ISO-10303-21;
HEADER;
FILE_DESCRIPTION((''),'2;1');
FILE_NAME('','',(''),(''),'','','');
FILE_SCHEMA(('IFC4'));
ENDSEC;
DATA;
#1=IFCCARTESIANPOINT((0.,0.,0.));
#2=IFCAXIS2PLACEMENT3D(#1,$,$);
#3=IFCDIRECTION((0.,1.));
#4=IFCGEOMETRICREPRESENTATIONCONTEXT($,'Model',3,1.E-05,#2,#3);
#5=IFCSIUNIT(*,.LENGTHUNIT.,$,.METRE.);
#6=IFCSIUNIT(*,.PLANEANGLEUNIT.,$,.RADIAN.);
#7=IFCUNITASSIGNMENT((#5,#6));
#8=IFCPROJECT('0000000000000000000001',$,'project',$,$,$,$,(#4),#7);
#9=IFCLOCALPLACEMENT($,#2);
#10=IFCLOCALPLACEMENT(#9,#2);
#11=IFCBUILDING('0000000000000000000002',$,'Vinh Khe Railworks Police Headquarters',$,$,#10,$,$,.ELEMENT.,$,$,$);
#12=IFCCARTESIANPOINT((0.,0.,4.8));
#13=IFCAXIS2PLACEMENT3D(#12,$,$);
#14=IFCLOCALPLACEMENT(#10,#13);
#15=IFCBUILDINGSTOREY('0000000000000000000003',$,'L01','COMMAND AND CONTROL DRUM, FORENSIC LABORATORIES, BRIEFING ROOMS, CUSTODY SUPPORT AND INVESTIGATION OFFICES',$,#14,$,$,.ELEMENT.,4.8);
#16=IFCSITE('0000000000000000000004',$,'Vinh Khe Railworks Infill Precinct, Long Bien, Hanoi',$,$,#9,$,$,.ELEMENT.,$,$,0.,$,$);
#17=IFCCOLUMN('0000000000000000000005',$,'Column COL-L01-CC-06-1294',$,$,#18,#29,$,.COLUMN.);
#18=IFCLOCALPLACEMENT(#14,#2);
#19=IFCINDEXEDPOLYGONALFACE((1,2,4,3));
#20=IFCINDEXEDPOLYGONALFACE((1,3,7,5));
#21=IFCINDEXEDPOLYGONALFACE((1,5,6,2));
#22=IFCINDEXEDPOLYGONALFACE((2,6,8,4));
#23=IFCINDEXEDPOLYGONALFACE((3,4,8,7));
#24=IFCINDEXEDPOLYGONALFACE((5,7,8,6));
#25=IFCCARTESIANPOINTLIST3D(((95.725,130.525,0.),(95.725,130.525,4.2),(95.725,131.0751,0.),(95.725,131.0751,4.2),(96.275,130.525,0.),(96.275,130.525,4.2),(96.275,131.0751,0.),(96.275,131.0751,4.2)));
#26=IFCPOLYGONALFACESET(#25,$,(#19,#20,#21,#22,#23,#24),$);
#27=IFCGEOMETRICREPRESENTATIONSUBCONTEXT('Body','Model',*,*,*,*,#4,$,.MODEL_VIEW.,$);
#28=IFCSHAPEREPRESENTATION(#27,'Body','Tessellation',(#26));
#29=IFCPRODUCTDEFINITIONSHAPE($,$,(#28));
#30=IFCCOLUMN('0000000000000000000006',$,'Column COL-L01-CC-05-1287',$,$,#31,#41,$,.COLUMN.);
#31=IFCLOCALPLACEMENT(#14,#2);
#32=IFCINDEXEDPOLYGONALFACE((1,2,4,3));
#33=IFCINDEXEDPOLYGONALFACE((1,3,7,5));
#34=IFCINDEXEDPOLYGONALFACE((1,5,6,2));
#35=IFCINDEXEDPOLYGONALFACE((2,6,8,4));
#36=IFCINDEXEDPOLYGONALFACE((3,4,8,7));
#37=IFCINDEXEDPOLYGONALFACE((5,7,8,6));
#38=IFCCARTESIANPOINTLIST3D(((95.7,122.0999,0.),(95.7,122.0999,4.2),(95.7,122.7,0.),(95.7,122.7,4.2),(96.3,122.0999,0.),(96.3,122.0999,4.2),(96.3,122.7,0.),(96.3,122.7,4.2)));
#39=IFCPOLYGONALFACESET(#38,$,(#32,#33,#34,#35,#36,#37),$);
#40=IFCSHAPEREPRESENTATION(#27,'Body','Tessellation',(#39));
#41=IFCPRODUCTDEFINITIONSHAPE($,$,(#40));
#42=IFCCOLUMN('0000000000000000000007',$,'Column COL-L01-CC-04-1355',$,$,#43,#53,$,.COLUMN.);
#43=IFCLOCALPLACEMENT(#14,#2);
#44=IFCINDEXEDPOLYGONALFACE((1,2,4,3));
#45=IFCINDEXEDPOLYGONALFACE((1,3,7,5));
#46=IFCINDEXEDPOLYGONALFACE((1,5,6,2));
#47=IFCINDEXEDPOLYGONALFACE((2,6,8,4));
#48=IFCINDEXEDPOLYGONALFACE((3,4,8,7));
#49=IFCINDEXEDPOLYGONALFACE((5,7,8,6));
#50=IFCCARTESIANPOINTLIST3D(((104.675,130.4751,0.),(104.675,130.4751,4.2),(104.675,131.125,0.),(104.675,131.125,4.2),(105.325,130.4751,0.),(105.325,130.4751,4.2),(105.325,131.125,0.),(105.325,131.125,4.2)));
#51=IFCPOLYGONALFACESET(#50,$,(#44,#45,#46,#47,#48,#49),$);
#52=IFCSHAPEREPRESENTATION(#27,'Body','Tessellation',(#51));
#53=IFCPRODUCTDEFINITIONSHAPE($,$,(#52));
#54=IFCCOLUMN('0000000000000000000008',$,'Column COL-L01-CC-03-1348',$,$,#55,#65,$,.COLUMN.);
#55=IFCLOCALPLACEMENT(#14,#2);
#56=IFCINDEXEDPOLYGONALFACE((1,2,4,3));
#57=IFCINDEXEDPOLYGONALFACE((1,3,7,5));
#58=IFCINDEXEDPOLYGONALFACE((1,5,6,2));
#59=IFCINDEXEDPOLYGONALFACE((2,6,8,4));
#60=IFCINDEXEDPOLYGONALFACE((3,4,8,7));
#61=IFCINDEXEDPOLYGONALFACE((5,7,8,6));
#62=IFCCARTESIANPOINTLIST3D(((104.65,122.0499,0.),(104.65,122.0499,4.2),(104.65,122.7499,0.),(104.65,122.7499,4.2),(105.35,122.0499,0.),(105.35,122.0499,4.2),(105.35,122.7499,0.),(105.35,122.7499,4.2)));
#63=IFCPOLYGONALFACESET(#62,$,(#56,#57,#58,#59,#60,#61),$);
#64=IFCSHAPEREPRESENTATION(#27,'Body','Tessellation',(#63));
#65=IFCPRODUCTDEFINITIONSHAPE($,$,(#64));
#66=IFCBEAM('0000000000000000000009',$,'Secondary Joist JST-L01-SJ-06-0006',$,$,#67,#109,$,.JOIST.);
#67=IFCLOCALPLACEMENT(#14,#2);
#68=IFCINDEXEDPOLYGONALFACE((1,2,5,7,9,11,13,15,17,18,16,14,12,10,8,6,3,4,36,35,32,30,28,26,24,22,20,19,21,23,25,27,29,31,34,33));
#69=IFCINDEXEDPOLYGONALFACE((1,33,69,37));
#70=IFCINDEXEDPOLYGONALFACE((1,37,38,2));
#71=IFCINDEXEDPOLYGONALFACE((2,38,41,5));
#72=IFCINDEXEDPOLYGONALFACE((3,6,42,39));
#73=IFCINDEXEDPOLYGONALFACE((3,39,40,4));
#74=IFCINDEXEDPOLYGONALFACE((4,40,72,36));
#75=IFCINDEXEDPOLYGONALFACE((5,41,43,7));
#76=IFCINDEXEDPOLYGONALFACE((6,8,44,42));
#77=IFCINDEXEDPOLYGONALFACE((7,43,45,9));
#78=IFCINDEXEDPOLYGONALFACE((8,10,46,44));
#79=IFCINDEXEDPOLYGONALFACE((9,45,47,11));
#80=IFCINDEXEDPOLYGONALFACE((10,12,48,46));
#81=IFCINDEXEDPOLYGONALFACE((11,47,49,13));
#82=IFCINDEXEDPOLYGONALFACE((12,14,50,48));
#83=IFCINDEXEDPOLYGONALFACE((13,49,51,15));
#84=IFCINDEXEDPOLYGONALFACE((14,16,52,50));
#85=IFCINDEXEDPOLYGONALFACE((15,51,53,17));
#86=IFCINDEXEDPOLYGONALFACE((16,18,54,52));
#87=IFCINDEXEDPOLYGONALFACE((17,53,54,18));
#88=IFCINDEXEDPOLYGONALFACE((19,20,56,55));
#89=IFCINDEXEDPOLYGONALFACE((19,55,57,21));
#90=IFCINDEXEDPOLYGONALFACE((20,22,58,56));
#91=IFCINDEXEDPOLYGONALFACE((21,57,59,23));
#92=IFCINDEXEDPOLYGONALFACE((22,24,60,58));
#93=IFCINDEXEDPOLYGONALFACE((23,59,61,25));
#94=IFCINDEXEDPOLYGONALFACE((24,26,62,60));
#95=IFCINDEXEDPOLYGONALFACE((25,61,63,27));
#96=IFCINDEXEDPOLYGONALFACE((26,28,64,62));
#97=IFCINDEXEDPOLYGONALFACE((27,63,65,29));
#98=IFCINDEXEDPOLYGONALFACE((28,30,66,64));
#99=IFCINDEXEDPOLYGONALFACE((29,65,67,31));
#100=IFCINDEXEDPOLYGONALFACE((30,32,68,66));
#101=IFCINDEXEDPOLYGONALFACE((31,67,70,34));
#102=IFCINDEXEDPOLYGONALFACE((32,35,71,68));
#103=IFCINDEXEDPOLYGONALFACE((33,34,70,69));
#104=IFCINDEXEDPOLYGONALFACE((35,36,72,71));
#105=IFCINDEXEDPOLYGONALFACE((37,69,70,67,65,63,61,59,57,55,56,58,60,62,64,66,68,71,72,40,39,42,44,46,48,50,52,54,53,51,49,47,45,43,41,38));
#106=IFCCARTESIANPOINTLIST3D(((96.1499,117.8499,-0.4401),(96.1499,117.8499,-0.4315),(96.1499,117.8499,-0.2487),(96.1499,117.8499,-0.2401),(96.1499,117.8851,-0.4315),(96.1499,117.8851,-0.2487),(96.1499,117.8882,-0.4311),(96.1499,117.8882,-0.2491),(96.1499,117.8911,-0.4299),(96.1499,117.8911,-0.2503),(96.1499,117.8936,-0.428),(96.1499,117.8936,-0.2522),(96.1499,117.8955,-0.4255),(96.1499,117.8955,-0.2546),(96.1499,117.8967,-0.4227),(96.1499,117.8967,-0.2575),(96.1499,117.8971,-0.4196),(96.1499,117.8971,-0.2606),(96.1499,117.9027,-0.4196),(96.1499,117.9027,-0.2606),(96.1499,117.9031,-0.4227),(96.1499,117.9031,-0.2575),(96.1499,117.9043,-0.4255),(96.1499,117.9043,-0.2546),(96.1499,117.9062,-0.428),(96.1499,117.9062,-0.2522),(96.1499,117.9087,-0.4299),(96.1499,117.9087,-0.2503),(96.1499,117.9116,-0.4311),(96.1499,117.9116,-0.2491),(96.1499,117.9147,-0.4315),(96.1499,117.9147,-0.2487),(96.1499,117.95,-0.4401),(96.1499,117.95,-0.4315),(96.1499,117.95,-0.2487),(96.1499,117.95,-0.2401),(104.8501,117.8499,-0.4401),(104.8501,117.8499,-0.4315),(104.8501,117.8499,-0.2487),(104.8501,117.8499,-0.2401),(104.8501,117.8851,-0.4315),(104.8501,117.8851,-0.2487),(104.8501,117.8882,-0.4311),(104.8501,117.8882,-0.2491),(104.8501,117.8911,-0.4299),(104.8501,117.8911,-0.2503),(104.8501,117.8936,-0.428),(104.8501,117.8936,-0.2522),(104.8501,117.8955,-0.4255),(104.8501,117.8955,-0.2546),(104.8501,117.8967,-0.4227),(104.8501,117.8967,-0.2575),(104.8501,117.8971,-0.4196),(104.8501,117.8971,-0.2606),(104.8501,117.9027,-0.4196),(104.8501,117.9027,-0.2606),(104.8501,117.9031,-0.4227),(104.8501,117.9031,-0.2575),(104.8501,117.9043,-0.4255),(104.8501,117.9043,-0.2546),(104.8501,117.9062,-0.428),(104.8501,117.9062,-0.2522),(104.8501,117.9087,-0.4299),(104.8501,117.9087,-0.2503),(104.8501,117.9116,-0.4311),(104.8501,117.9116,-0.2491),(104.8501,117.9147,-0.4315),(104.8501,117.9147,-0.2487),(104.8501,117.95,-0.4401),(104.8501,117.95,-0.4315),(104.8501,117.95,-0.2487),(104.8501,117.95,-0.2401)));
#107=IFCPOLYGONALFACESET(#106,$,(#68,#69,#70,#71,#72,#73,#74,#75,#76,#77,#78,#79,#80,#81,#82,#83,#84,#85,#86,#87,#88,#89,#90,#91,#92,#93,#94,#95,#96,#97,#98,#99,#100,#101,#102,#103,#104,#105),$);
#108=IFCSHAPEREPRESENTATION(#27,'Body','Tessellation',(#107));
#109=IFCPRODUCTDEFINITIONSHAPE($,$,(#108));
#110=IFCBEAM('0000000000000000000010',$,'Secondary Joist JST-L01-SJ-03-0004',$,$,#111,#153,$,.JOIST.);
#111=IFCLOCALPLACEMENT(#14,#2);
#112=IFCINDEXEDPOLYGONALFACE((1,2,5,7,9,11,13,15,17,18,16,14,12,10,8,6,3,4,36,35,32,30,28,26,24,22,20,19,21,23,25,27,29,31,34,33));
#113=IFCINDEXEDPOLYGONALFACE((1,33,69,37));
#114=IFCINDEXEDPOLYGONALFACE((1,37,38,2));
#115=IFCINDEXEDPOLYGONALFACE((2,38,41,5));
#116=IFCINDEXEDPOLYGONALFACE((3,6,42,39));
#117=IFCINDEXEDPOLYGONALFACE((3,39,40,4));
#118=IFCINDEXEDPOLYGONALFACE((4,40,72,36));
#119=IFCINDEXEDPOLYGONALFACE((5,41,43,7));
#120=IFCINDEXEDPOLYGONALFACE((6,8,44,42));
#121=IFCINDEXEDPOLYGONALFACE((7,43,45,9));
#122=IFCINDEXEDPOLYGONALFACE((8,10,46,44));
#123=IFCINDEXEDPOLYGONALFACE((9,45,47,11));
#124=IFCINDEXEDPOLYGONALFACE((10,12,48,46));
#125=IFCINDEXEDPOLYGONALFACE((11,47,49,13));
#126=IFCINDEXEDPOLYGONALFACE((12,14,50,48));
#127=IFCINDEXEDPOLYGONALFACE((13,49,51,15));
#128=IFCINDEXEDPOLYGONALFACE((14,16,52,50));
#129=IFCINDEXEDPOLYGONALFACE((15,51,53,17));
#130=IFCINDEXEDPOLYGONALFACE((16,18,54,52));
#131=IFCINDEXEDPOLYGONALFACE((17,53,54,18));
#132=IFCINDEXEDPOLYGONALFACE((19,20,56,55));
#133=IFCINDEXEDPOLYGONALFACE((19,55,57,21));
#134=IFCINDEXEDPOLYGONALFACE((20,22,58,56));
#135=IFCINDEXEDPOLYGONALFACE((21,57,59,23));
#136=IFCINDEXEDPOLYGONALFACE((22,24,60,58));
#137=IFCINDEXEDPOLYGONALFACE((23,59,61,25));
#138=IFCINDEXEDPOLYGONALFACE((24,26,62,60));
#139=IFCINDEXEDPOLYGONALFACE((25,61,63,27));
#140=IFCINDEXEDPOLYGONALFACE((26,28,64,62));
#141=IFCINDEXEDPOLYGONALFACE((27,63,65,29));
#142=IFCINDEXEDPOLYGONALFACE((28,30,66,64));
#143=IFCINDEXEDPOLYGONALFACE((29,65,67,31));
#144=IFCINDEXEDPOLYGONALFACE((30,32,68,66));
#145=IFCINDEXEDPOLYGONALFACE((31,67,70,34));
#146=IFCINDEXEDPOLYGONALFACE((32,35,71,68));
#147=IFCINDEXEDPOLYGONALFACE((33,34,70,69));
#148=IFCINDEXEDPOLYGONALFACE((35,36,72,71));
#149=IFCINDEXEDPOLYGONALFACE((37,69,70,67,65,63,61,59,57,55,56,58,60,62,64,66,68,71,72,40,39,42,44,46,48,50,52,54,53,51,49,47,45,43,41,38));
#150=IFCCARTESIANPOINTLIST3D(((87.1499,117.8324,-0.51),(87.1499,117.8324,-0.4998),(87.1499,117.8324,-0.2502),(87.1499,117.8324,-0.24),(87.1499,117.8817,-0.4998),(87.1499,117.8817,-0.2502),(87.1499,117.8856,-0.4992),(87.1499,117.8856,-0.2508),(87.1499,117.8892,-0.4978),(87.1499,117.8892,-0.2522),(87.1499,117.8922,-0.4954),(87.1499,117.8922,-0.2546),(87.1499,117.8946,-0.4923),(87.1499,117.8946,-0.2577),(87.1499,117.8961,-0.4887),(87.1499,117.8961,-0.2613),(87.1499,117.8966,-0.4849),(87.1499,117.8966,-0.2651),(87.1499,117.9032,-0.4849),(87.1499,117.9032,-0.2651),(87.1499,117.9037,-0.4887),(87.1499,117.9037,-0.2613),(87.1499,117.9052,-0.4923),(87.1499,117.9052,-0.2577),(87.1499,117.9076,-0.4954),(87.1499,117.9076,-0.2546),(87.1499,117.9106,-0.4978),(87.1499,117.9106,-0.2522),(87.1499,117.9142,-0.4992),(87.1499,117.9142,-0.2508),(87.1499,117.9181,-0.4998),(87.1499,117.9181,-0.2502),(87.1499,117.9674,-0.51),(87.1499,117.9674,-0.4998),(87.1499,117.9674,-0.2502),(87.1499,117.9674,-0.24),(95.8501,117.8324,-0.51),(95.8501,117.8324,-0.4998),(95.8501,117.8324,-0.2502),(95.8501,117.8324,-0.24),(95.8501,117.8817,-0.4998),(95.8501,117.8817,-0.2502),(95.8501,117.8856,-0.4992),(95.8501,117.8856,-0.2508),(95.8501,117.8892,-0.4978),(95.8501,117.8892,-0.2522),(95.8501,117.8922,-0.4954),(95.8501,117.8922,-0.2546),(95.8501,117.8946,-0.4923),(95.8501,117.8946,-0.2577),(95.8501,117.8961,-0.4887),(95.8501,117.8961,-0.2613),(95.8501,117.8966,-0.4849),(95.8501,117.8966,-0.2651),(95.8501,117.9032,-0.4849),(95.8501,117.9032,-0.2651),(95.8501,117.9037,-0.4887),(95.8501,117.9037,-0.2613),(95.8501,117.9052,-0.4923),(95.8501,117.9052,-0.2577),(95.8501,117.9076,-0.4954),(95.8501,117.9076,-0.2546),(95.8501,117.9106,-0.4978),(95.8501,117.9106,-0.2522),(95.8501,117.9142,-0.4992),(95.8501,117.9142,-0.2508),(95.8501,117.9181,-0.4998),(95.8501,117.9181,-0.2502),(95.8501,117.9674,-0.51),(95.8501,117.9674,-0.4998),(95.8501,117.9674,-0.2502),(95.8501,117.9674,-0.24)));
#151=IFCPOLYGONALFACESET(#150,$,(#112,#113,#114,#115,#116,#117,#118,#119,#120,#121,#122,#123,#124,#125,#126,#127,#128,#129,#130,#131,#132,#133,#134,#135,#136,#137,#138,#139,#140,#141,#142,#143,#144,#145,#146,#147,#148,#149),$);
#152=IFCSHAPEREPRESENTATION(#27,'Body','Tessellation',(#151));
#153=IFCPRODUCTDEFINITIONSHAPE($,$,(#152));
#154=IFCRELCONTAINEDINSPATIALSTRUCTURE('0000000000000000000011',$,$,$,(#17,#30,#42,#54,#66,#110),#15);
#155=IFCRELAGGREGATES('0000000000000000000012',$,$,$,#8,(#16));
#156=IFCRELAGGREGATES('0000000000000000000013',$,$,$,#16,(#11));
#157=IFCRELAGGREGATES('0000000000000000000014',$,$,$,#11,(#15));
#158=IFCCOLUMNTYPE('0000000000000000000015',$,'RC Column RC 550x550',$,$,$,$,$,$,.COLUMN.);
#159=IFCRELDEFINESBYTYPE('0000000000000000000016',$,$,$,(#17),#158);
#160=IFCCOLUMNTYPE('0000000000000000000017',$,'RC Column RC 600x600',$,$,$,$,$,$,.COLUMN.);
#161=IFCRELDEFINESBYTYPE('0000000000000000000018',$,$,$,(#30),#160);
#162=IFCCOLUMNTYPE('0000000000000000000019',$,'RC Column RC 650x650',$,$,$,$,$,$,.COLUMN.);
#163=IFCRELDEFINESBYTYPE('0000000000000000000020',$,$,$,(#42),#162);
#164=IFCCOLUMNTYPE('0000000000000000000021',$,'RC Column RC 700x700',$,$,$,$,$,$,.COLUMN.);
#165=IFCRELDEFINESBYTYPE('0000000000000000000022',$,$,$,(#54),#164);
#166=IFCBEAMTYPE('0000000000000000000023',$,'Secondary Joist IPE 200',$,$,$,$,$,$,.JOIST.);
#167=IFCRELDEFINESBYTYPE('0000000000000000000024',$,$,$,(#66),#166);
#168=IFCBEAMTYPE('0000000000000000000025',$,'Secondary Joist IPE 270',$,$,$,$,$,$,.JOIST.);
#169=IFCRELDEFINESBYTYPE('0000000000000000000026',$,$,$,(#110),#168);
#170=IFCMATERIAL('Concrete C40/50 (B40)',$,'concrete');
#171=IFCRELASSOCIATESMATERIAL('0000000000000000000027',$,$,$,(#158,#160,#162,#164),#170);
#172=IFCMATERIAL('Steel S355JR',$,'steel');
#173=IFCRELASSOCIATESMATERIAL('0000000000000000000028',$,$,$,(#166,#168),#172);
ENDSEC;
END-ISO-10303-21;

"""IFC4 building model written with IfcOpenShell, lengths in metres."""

from ifc_helpers import new_model, si_unit, direction, frame, origin, origin_2d, place, context, subcontext, project, spatial, rectangle, i_section, extrude, material, material_profile, profile_set, type_object, element, save


model = new_model("IFC4")

# Units and contexts
model_context = context("Model", 3, precision=1e-05, world=origin(), true_north=direction((0.0, 1.0)))
body_context = subcontext(model_context, "Body", "Model", "MODEL_VIEW")
ifc_project = project(units=[si_unit("LENGTHUNIT", "METRE"), si_unit("PLANEANGLEUNIT", "RADIAN")], contexts=[model_context])

# Site, building, storey
site_placement = place(None, origin())
site = spatial("IfcSite", under=ifc_project, at=site_placement, Name="Vinh Khe Railworks Infill Precinct, Long Bien, Hanoi", CompositionType="ELEMENT", RefElevation=0.0)
building_placement = place(site_placement, origin())
building = spatial("IfcBuilding", under=site, at=building_placement, Name="Vinh Khe Railworks Police Headquarters", CompositionType="ELEMENT")
storey_placement = place(building_placement, frame((0.0, 0.0, 4.8)))
storey = spatial("IfcBuildingStorey", under=building, at=storey_placement, Name="L01", Description="COMMAND AND CONTROL DRUM, FORENSIC LABORATORIES, BRIEFING ROOMS, CUSTODY SUPPORT AND INVESTIGATION OFFICES", CompositionType="ELEMENT", Elevation=4.8)

# Columns
ifc_material_1 = material(Name="Concrete C40/50 (B40)", Category="concrete")
ifc_material_profile_1 = material_profile(ifc_material_1, rectangle(XDim=0.55, YDim=0.55, at=origin_2d()), Name="RC 550x550")
ifc_profile_set_1 = profile_set([ifc_material_profile_1], Name="Concrete C40/50 (B40)")
column_type_1 = type_object("IfcColumnType", Name="RC Column RC 550x550", PredefinedType="COLUMN", material=ifc_profile_set_1)
column_1_placement = place(storey_placement, frame((96.0, 130.8, 0.0), z_axis=(0.0, 0.0, 1.0), x_axis=(1.0, 0.0, 0.0)))
element("IfcColumn", 1, at=column_1_placement, inside=storey, type_object=column_type_1, Name="Column COL-L01-CC-06-1294", PredefinedType="COLUMN", context=body_context, shape_type="SweptSolid", body=[
    extrude(rectangle(XDim=0.55, YDim=0.55, at=origin_2d()), origin(), (0.0, 0.0, 1.0), 4.2),
])
ifc_material_profile_2 = material_profile(ifc_material_1, rectangle(XDim=0.6001, YDim=0.6001, at=origin_2d()), Name="RC 600x600")
ifc_profile_set_2 = profile_set([ifc_material_profile_2], Name="Concrete C40/50 (B40)")
column_type_2 = type_object("IfcColumnType", Name="RC Column RC 600x600", PredefinedType="COLUMN", material=ifc_profile_set_2)
column_2_placement = place(storey_placement, frame((96.0, 122.3999, 0.0), z_axis=(0.0, 0.0, 1.0), x_axis=(1.0, 0.0, 0.0)))
element("IfcColumn", 2, at=column_2_placement, inside=storey, type_object=column_type_2, Name="Column COL-L01-CC-05-1287", PredefinedType="COLUMN", context=body_context, shape_type="SweptSolid", body=[
    extrude(rectangle(XDim=0.6001, YDim=0.6001, at=origin_2d()), origin(), (0.0, 0.0, 1.0), 4.2),
])
ifc_material_profile_3 = material_profile(ifc_material_1, rectangle(XDim=0.6499, YDim=0.6499, at=origin_2d()), Name="RC 650x650")
ifc_profile_set_3 = profile_set([ifc_material_profile_3], Name="Concrete C40/50 (B40)")
column_type_3 = type_object("IfcColumnType", Name="RC Column RC 650x650", PredefinedType="COLUMN", material=ifc_profile_set_3)
column_3_placement = place(storey_placement, frame((105.0, 130.8, 0.0), z_axis=(0.0, 0.0, 1.0), x_axis=(1.0, 0.0, 0.0)))
element("IfcColumn", 3, at=column_3_placement, inside=storey, type_object=column_type_3, Name="Column COL-L01-CC-04-1355", PredefinedType="COLUMN", context=body_context, shape_type="SweptSolid", body=[
    extrude(rectangle(XDim=0.6499, YDim=0.6499, at=origin_2d()), origin(), (0.0, 0.0, 1.0), 4.2),
])
ifc_material_profile_4 = material_profile(ifc_material_1, rectangle(XDim=0.7, YDim=0.7, at=origin_2d()), Name="RC 700x700")
ifc_profile_set_4 = profile_set([ifc_material_profile_4], Name="Concrete C40/50 (B40)")
column_type_4 = type_object("IfcColumnType", Name="RC Column RC 700x700", PredefinedType="COLUMN", material=ifc_profile_set_4)
column_4_placement = place(storey_placement, frame((105.0, 122.3999, 0.0), z_axis=(0.0, 0.0, 1.0), x_axis=(1.0, 0.0, 0.0)))
element("IfcColumn", 4, at=column_4_placement, inside=storey, type_object=column_type_4, Name="Column COL-L01-CC-03-1348", PredefinedType="COLUMN", context=body_context, shape_type="SweptSolid", body=[
    extrude(rectangle(XDim=0.7, YDim=0.7, at=origin_2d()), origin(), (0.0, 0.0, 1.0), 4.2),
])

# Beams
ifc_material_2 = material(Name="Steel S355JR", Category="steel")
ifc_material_profile_5 = material_profile(ifc_material_2, i_section(OverallWidth=0.1001, OverallDepth=0.2, WebThickness=0.0056, FlangeThickness=0.0085, FilletRadius=0.012, at=origin_2d()), Name="IPE 200")
ifc_profile_set_5 = profile_set([ifc_material_profile_5], Name="Steel S355JR")
beam_type_1 = type_object("IfcBeamType", Name="Secondary Joist IPE 200", PredefinedType="JOIST", material=ifc_profile_set_5)
beam_1_placement = place(storey_placement, frame((96.1499, 117.8999, -0.3401), z_axis=(1.0, 0.0, 0.0), x_axis=(0.0, 1.0, 0.0)))
element("IfcBeam", 5, at=beam_1_placement, inside=storey, type_object=beam_type_1, Name="Secondary Joist JST-L01-SJ-06-0006", PredefinedType="JOIST", context=body_context, shape_type="SweptSolid", body=[
    extrude(i_section(OverallWidth=0.1001, OverallDepth=0.2, WebThickness=0.0056, FlangeThickness=0.0085, FilletRadius=0.012, at=origin_2d()), origin(), (0.0, 0.0, 1.0), 8.7002),
])
ifc_material_profile_6 = material_profile(ifc_material_2, i_section(OverallWidth=0.135, OverallDepth=0.27, WebThickness=0.0066, FlangeThickness=0.0103, FilletRadius=0.0149, at=origin_2d()), Name="IPE 270")
ifc_profile_set_6 = profile_set([ifc_material_profile_6], Name="Steel S355JR")
beam_type_2 = type_object("IfcBeamType", Name="Secondary Joist IPE 270", PredefinedType="JOIST", material=ifc_profile_set_6)
beam_2_placement = place(storey_placement, frame((87.1499, 117.8999, -0.375), z_axis=(1.0, 0.0, 0.0), x_axis=(0.0, 1.0, 0.0)))
element("IfcBeam", 6, at=beam_2_placement, inside=storey, type_object=beam_type_2, Name="Secondary Joist JST-L01-SJ-03-0004", PredefinedType="JOIST", context=body_context, shape_type="SweptSolid", body=[
    extrude(i_section(OverallWidth=0.135, OverallDepth=0.27, WebThickness=0.0066, FlangeThickness=0.0103, FilletRadius=0.0149, at=origin_2d()), origin(), (0.0, 0.0, 1.0), 8.7002),
])

save(model, "model.ifc")
